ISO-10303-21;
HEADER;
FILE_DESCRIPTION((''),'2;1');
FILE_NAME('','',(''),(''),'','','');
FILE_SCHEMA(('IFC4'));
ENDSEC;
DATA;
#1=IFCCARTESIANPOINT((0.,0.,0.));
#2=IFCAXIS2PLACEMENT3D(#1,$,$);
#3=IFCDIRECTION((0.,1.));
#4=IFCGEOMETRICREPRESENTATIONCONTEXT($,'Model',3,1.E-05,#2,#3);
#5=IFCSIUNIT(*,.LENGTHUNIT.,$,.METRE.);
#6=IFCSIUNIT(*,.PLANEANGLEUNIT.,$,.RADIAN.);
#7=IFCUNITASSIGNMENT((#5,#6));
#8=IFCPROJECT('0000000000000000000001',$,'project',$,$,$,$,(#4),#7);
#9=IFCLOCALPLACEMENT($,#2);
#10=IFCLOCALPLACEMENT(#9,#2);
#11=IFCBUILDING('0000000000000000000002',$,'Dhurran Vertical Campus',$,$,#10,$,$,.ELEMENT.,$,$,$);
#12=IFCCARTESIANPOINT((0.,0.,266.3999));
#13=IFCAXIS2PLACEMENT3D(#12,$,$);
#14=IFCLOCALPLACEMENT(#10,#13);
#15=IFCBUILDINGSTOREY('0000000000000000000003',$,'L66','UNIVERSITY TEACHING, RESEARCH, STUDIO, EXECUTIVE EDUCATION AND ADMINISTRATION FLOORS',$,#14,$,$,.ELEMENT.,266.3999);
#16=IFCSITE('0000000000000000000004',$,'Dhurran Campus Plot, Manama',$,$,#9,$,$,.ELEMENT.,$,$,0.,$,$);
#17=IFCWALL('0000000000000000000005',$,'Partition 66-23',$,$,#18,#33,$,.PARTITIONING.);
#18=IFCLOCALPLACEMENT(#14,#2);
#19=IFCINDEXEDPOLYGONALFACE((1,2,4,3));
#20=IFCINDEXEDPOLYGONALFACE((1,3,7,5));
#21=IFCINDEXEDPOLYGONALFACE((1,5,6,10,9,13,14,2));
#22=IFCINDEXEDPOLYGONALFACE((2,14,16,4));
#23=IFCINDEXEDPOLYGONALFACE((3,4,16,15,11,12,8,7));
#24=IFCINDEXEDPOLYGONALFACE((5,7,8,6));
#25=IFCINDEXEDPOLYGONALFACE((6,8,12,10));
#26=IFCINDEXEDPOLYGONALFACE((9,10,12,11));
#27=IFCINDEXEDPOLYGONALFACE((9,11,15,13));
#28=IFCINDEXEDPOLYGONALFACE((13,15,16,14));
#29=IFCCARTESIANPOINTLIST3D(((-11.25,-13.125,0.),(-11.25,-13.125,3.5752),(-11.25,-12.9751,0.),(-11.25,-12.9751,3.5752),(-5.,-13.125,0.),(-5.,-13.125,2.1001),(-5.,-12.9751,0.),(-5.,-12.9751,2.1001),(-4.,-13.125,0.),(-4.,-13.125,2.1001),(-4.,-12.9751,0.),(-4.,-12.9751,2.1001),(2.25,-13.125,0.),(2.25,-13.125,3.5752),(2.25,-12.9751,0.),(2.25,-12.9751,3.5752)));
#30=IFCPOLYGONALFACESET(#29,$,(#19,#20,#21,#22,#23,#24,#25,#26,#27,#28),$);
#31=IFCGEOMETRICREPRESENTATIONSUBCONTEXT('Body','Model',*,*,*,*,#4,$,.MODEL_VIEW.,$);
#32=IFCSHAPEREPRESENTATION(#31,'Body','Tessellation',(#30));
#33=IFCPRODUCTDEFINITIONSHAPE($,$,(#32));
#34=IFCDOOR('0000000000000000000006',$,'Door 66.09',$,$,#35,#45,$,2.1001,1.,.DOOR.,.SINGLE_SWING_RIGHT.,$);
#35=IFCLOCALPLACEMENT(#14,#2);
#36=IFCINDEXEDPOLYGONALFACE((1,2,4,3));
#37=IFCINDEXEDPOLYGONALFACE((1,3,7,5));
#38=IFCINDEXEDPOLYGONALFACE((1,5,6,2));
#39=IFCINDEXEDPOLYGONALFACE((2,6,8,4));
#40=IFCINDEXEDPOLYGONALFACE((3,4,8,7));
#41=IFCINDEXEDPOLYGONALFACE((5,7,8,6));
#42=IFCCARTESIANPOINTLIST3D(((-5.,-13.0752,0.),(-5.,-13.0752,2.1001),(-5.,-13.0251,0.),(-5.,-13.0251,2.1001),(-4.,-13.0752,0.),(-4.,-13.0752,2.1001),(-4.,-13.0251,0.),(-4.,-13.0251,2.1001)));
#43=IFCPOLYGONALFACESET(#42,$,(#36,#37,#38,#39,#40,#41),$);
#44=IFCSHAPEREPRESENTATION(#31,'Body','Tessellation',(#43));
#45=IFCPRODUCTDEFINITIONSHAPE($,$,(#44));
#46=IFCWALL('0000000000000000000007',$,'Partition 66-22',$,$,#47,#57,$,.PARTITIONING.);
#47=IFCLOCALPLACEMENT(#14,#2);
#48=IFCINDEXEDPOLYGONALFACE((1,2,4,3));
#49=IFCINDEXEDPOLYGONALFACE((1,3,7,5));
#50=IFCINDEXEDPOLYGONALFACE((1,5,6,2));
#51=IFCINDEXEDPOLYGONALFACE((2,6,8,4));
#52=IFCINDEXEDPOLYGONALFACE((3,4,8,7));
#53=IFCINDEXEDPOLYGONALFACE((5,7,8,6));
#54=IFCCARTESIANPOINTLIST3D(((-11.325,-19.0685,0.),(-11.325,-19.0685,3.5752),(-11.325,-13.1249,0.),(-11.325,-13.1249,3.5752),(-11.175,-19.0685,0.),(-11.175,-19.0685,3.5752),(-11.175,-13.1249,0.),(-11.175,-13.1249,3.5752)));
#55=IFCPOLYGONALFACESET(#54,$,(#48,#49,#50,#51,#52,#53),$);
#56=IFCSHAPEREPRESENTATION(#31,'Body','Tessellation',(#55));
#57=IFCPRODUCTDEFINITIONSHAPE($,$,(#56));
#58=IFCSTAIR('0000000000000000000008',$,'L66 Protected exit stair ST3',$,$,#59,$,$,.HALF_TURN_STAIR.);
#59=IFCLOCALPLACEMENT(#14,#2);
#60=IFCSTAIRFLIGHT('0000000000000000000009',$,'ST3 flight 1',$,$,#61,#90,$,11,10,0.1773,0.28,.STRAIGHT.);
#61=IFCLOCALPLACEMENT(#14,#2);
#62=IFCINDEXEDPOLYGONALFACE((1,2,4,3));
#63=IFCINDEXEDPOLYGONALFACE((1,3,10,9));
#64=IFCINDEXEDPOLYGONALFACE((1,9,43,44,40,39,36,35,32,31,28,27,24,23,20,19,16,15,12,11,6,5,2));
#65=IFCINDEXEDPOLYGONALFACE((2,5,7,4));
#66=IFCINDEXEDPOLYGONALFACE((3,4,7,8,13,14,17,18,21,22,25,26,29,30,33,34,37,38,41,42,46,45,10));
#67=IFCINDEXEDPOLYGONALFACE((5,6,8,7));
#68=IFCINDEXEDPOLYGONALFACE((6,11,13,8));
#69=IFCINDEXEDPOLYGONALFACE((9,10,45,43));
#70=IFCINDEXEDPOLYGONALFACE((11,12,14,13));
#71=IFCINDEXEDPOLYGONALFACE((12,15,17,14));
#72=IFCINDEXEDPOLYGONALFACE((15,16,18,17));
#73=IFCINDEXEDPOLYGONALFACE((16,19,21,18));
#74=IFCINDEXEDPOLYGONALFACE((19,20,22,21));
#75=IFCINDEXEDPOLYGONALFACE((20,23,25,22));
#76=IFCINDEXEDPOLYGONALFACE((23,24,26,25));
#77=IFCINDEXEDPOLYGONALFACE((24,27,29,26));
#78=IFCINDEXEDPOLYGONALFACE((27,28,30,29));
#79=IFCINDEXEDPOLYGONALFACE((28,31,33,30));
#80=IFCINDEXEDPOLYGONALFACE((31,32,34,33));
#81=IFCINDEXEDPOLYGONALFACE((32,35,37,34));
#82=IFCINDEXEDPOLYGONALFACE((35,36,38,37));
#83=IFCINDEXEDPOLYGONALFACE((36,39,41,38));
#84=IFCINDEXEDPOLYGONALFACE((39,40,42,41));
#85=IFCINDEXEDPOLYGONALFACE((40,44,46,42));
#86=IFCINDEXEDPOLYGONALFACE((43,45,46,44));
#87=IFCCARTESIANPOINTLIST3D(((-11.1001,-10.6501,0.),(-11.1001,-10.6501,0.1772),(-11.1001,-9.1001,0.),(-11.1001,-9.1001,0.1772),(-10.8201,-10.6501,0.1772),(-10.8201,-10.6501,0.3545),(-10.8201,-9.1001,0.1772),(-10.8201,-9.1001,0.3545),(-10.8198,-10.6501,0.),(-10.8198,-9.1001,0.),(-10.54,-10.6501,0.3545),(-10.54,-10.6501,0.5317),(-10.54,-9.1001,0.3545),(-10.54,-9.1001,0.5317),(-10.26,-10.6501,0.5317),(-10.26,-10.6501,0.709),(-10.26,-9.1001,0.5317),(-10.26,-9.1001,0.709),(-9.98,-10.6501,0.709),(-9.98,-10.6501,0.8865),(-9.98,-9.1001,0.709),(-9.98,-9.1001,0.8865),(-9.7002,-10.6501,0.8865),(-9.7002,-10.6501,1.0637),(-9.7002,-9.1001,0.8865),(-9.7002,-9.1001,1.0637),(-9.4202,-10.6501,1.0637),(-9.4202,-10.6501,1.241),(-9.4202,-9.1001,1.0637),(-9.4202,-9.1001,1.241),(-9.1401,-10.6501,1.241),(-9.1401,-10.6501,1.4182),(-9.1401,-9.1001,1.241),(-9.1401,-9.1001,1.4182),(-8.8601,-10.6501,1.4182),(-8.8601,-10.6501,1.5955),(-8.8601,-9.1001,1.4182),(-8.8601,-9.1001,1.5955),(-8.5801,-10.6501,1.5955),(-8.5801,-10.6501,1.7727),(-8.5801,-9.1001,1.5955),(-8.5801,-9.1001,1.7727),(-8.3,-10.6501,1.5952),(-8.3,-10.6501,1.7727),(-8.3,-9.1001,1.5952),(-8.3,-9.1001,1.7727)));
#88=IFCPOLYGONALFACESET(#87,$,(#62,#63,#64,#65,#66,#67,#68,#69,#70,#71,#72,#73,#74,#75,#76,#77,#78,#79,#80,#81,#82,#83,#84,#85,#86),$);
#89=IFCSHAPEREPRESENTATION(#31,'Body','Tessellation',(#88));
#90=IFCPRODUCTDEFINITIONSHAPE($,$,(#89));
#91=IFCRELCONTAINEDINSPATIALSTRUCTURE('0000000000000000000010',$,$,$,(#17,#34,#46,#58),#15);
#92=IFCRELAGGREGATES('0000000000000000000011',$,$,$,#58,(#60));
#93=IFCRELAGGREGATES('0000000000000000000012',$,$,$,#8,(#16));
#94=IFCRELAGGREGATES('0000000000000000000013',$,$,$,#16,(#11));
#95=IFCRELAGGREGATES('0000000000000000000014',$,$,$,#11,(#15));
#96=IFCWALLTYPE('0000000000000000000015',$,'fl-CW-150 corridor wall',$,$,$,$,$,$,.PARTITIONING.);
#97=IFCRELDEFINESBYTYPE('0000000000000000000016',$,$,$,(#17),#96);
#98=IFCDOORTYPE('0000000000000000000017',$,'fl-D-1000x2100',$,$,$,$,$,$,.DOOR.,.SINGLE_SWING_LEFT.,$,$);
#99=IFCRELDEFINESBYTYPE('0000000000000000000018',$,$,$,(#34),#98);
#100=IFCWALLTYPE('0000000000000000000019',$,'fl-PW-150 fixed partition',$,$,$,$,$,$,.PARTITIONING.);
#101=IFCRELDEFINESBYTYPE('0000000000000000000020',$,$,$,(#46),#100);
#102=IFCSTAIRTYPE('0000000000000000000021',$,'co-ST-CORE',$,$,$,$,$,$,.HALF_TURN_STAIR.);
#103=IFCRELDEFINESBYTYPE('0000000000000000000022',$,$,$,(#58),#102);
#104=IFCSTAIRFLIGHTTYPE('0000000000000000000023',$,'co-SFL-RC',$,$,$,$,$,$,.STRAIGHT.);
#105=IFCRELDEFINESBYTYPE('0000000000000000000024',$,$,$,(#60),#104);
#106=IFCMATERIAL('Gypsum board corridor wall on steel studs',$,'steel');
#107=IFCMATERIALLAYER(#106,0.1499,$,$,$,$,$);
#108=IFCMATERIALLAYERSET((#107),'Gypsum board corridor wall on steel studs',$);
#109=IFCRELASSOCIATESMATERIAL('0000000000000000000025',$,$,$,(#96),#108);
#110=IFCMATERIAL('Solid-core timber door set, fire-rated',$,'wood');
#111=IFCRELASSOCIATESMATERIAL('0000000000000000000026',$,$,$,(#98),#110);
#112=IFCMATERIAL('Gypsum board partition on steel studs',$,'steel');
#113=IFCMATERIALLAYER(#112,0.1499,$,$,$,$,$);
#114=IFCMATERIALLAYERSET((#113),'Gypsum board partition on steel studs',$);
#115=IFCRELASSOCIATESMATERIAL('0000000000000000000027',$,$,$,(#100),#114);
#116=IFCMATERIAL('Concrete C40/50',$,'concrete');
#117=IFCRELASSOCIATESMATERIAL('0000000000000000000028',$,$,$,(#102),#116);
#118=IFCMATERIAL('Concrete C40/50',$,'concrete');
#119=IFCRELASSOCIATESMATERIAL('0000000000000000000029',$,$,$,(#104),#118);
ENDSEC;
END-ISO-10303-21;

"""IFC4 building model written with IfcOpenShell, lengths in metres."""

from ifc_helpers import new_model, si_unit, direction, frame, frame_2d, origin, place, context, subcontext, project, spatial, polyline, rectangle, outline, extrude, material, layer, layer_set, type_object, element, fill, aggregate, save


model = new_model("IFC4")

# Units and contexts
model_context = context("Model", 3, precision=1e-05, world=origin(), true_north=direction((0.0, 1.0)))
body_context = subcontext(model_context, "Body", "Model", "MODEL_VIEW")
ifc_project = project(units=[si_unit("LENGTHUNIT", "METRE"), si_unit("PLANEANGLEUNIT", "RADIAN")], contexts=[model_context])

# Site, building, storey
site_placement = place(None, origin())
site = spatial("IfcSite", under=ifc_project, at=site_placement, Name="Dhurran Campus Plot, Manama", CompositionType="ELEMENT", RefElevation=0.0)
building_placement = place(site_placement, origin())
building = spatial("IfcBuilding", under=site, at=building_placement, Name="Dhurran Vertical Campus", CompositionType="ELEMENT")
storey_placement = place(building_placement, frame((0.0, 0.0, 266.3999)))
storey = spatial("IfcBuildingStorey", under=building, at=storey_placement, Name="L66", Description="UNIVERSITY TEACHING, RESEARCH, STUDIO, EXECUTIVE EDUCATION AND ADMINISTRATION FLOORS", CompositionType="ELEMENT", Elevation=266.3999)

# Wall, opening, door
ifc_material_1 = material(Name="Gypsum board corridor wall on steel studs", Category="steel")
ifc_layer_1 = layer(ifc_material_1, 0.1499)
ifc_layer_set_1 = layer_set([ifc_layer_1], Name="Gypsum board corridor wall on steel studs")
wall_type_1 = type_object("IfcWallType", Name="fl-CW-150 corridor wall", PredefinedType="PARTITIONING", material=ifc_layer_set_1)
wall_1_placement = place(storey_placement, frame((-11.25, -13.05, 0.0), z_axis=(0.0, 0.0, 1.0), x_axis=(1.0, 0.0, 0.0)))
wall_1 = element("IfcWall", 1, at=wall_1_placement, inside=storey, type_object=wall_type_1, Name="Partition 66-23", PredefinedType="PARTITIONING", context=body_context, shape_type="SweptSolid", body=[
    extrude(rectangle(XDim=13.5, YDim=0.1499, at=frame_2d((6.75, 0.0))), origin(), (0.0, 0.0, 1.0), 3.5752),
])
opening_1_placement = place(wall_1_placement, frame((6.25, 0.0, 0.0)))
opening_1 = element("IfcOpeningElement", 2, at=opening_1_placement, cuts=wall_1, PredefinedType="OPENING", context=body_context, shape_type="SweptSolid", body=[
    extrude(rectangle(XDim=1.0, YDim=2.1001, at=frame_2d((0.5, 1.05))), frame((0.0, 0.085, 0.0), z_axis=(0.0, -1.0, 0.0), x_axis=(1.0, 0.0, 0.0)), (0.0, 0.0, 1.0), 0.1699),
])
ifc_material_2 = material(Name="Solid-core timber door set, fire-rated", Category="wood")
door_type_1 = type_object("IfcDoorType", Name="fl-D-1000x2100", OperationType="SINGLE_SWING_LEFT", PredefinedType="DOOR", material=ifc_material_2)
door_1_placement = place(opening_1_placement, origin())
door_1 = element("IfcDoor", 3, at=door_1_placement, inside=storey, type_object=door_type_1, Name="Door 66.09", OperationType="SINGLE_SWING_RIGHT", OverallHeight=2.1001, OverallWidth=1.0, PredefinedType="DOOR", context=body_context, shape_type="SweptSolid", body=[
    extrude(rectangle(XDim=1.0, YDim=2.1001, at=frame_2d((0.5, 1.05))), frame((0.0, 0.0249, 0.0), z_axis=(0.0, -1.0, 0.0), x_axis=(1.0, 0.0, 0.0)), (0.0, 0.0, 1.0), 0.05),
])
fill(opening_1, door_1)

# Wall
ifc_material_3 = material(Name="Gypsum board partition on steel studs", Category="steel")
ifc_layer_2 = layer(ifc_material_3, 0.1499)
ifc_layer_set_2 = layer_set([ifc_layer_2], Name="Gypsum board partition on steel studs")
wall_type_2 = type_object("IfcWallType", Name="fl-PW-150 fixed partition", PredefinedType="PARTITIONING", material=ifc_layer_set_2)
wall_2_placement = place(storey_placement, frame((-11.25, -13.125, 0.0), z_axis=(0.0, 0.0, 1.0), x_axis=(0.0, -1.0, 0.0)))
element("IfcWall", 4, at=wall_2_placement, inside=storey, type_object=wall_type_2, Name="Partition 66-22", PredefinedType="PARTITIONING", context=body_context, shape_type="SweptSolid", body=[
    extrude(rectangle(XDim=5.9436, YDim=0.1499, at=frame_2d((2.9717, 0.0))), origin(), (0.0, 0.0, 1.0), 3.5752),
])

# Stair, stair flight
ifc_material_4 = material(Name="Concrete C40/50", Category="concrete")
stair_type = type_object("IfcStairType", Name="co-ST-CORE", PredefinedType="HALF_TURN_STAIR", material=ifc_material_4)
stair_placement = place(storey_placement, origin())
stair = element("IfcStair", 5, at=stair_placement, inside=storey, type_object=stair_type, Name="L66 Protected exit stair ST3", PredefinedType="HALF_TURN_STAIR")
ifc_material_5 = material(Name="Concrete C40/50", Category="concrete")
stair_flight_type = type_object("IfcStairFlightType", Name="co-SFL-RC", PredefinedType="STRAIGHT", material=ifc_material_5)
stair_flight_placement = place(storey_placement, frame((-11.1001, -9.875, 0.0), z_axis=(0.0, 0.0, 1.0), x_axis=(1.0, 0.0, 0.0)))
stair_flight = element("IfcStairFlight", 6, at=stair_flight_placement, type_object=stair_flight_type, Name="ST3 flight 1", NumberOfRisers=11, NumberOfTreads=10, PredefinedType="STRAIGHT", RiserHeight=0.1773, TreadLength=0.28, context=body_context, shape_type="SweptSolid", body=[
    extrude(outline(polyline([(0.0, 0.0), (0.0, 0.1772), (0.28, 0.1772), (0.28, 0.3545), (0.5601, 0.3545), (0.5601, 0.5317), (0.8401, 0.5317), (0.8401, 0.709), (1.1201, 0.709), (1.1201, 0.8865), (1.3999, 0.8865), (1.3999, 1.0637), (1.6799, 1.0637), (1.6799, 1.241), (1.96, 1.241), (1.96, 1.4182), (2.24, 1.4182), (2.24, 1.5955), (2.52, 1.5955), (2.52, 1.7727), (2.8, 1.7727), (2.8, 1.95), (2.8, 1.5952), (0.2803, 0.0), (0.0, 0.0)])), frame((0.0, 0.7749, 0.0), z_axis=(0.0, -1.0, 0.0), x_axis=(1.0, 0.0, 0.0)), (0.0, 0.0, 1.0), 1.55),
])
aggregate(stair, [stair_flight])

save(model, "model.ifc")
